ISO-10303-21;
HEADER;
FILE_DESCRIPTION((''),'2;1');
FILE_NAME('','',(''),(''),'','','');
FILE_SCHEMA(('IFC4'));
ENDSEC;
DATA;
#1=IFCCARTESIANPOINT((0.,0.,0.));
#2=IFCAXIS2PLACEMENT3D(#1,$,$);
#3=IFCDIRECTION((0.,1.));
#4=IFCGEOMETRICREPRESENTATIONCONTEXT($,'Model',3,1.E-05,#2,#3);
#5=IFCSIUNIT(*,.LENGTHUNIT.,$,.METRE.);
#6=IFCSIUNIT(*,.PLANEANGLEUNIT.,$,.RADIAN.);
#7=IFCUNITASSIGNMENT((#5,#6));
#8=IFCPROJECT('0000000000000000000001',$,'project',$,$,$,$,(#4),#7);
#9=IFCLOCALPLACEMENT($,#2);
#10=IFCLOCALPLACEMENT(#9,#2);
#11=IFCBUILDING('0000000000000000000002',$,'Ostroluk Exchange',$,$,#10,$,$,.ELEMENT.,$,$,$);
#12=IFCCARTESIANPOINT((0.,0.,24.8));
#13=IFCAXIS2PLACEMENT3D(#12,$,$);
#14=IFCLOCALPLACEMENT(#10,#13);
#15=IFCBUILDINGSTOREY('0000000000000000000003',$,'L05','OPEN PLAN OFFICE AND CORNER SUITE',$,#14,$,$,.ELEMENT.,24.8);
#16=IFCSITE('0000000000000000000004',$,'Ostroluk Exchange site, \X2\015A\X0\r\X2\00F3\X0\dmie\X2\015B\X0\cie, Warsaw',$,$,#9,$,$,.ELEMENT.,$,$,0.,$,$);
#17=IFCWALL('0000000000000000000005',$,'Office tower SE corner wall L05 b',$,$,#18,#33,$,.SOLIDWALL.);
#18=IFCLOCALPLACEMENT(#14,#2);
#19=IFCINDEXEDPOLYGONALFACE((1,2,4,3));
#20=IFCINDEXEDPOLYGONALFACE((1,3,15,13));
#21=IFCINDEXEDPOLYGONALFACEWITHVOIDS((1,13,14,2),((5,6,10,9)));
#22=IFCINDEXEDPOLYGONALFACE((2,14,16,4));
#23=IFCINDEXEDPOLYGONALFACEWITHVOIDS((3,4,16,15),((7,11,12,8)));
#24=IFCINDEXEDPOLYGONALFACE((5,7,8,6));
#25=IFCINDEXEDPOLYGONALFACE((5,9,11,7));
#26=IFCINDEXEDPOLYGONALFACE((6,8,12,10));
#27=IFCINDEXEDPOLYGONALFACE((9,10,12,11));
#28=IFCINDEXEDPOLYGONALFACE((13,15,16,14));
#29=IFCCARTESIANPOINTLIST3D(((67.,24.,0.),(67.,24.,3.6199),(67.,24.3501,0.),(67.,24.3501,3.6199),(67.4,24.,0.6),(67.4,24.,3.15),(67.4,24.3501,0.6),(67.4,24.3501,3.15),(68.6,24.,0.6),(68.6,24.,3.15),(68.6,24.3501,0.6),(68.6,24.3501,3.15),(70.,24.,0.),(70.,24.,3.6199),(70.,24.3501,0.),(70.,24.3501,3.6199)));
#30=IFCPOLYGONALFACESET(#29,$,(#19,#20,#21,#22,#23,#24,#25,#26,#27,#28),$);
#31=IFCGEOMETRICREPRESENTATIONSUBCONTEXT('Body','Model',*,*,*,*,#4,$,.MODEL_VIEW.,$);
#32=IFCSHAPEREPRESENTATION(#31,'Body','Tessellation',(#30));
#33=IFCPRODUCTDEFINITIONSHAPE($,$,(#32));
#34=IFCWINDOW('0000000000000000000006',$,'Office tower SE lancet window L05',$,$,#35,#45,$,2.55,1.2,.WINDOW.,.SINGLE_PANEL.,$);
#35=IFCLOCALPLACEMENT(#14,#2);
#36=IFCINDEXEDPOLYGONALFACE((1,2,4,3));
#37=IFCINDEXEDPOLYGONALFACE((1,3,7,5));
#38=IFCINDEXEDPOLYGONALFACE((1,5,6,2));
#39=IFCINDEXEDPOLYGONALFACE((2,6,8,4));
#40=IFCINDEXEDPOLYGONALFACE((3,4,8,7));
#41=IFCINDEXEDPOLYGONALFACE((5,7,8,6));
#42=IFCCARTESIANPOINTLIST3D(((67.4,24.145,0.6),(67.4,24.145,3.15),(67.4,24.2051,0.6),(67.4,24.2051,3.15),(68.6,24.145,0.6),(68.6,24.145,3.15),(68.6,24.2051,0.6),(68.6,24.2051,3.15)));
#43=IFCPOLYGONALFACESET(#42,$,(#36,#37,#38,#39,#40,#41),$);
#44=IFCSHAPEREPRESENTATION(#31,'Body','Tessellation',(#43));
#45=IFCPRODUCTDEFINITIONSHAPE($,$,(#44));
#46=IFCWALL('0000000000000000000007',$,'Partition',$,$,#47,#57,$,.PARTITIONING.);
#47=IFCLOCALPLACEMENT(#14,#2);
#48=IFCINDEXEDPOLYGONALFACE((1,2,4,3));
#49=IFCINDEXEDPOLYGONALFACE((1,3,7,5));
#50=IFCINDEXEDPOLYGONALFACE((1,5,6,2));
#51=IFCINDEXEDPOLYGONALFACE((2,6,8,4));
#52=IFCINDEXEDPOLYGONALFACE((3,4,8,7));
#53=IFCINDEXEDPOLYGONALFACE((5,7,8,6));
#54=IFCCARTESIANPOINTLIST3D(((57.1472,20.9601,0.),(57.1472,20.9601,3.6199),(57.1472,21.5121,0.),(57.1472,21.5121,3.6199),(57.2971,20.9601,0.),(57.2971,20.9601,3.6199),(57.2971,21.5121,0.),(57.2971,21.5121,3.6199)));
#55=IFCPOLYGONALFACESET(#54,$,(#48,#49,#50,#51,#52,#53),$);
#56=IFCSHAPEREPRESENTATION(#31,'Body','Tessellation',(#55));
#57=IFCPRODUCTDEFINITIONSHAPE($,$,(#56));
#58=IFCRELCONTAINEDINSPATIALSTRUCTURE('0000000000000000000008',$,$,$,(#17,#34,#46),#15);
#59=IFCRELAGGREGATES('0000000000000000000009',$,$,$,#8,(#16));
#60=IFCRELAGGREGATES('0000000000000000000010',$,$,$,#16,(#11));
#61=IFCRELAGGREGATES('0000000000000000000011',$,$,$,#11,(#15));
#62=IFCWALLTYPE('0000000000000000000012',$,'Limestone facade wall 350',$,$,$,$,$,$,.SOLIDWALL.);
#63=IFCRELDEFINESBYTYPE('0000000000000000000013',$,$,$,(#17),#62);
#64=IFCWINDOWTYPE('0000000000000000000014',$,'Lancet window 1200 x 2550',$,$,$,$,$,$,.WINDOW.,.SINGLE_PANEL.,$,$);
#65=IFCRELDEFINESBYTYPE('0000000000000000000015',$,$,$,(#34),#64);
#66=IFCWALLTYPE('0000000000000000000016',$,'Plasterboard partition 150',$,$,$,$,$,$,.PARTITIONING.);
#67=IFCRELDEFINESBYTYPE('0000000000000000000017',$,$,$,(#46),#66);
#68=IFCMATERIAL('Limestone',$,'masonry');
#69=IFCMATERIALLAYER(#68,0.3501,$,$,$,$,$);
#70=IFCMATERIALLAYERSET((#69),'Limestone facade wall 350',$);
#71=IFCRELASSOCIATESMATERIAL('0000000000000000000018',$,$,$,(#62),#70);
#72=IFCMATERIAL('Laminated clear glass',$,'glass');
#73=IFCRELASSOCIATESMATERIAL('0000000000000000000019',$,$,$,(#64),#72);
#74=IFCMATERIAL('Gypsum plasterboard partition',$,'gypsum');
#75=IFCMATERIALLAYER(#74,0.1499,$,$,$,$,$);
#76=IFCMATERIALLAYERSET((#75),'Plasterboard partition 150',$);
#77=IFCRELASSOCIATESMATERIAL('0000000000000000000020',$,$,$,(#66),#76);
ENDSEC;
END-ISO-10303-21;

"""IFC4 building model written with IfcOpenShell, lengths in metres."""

from ifc_helpers import new_model, si_unit, direction, frame, frame_2d, origin, place, context, subcontext, project, spatial, rectangle, extrude, material, layer, layer_set, type_object, element, fill, save


model = new_model("IFC4")

# Units and contexts
model_context = context("Model", 3, precision=1e-05, world=origin(), true_north=direction((0.0, 1.0)))
body_context = subcontext(model_context, "Body", "Model", "MODEL_VIEW")
ifc_project = project(units=[si_unit("LENGTHUNIT", "METRE"), si_unit("PLANEANGLEUNIT", "RADIAN")], contexts=[model_context])

# Site, building, storey
site_placement = place(None, origin())
site = spatial("IfcSite", under=ifc_project, at=site_placement, Name="Ostroluk Exchange site, Śródmieście, Warsaw", CompositionType="ELEMENT", RefElevation=0.0)
building_placement = place(site_placement, origin())
building = spatial("IfcBuilding", under=site, at=building_placement, Name="Ostroluk Exchange", CompositionType="ELEMENT")
storey_placement = place(building_placement, frame((0.0, 0.0, 24.8)))
storey = spatial("IfcBuildingStorey", under=building, at=storey_placement, Name="L05", Description="OPEN PLAN OFFICE AND CORNER SUITE", CompositionType="ELEMENT", Elevation=24.8)

# Shared definitions
ifc_material_1 = material(Name="Limestone", Category="masonry")
ifc_layer_1 = layer(ifc_material_1, 0.3501)
ifc_layer_set_1 = layer_set([ifc_layer_1], Name="Limestone facade wall 350")
wall_type_1 = type_object("IfcWallType", Name="Limestone facade wall 350", PredefinedType="SOLIDWALL", material=ifc_layer_set_1)

# Wall, opening, window
wall_1_placement = place(storey_placement, frame((67.0, 24.175, 0.0), z_axis=(0.0, 0.0, 1.0), x_axis=(1.0, 0.0, 0.0)))
wall_1 = element("IfcWall", 1, at=wall_1_placement, inside=storey, type_object=wall_type_1, Name="Office tower SE corner wall L05 b", PredefinedType="SOLIDWALL", context=body_context, shape_type="SweptSolid", body=[
    extrude(rectangle(XDim=3.0, YDim=0.3501, at=frame_2d((1.5, 0.0))), origin(), (0.0, 0.0, 1.0), 3.6199),
])
opening_1_placement = place(wall_1_placement, frame((0.3999, 0.0, 0.6001)))
opening_1 = element("IfcOpeningElement", 2, at=opening_1_placement, cuts=wall_1, PredefinedType="OPENING", context=body_context, shape_type="SweptSolid", body=[
    extrude(rectangle(XDim=1.2, YDim=2.55, at=frame_2d((0.6001, 1.2749))), frame((0.0, 0.1851, 0.0), z_axis=(0.0, -1.0, 0.0), x_axis=(1.0, 0.0, 0.0)), (0.0, 0.0, 1.0), 0.3701),
])
ifc_material_2 = material(Name="Laminated clear glass", Category="glass")
window_type = type_object("IfcWindowType", Name="Lancet window 1200 x 2550", PartitioningType="SINGLE_PANEL", PredefinedType="WINDOW", material=ifc_material_2)
window_placement = place(opening_1_placement, origin())
window = element("IfcWindow", 3, at=window_placement, inside=storey, type_object=window_type, Name="Office tower SE lancet window L05", OverallHeight=2.55, OverallWidth=1.2, PartitioningType="SINGLE_PANEL", PredefinedType="WINDOW", context=body_context, shape_type="SweptSolid", body=[
    extrude(rectangle(XDim=1.2, YDim=2.55, at=frame_2d((0.6001, 1.2749))), frame((0.0, 0.03, 0.0), z_axis=(0.0, -1.0, 0.0), x_axis=(1.0, 0.0, 0.0)), (0.0, 0.0, 1.0), 0.0601),
])
fill(opening_1, window)

# Wall
ifc_material_3 = material(Name="Gypsum plasterboard partition", Category="gypsum")
ifc_layer_2 = layer(ifc_material_3, 0.1499)
ifc_layer_set_2 = layer_set([ifc_layer_2], Name="Plasterboard partition 150")
wall_type_2 = type_object("IfcWallType", Name="Plasterboard partition 150", PredefinedType="PARTITIONING", material=ifc_layer_set_2)
wall_2_placement = place(storey_placement, frame((57.2222, 21.512, 0.0), z_axis=(0.0, 0.0, 1.0), x_axis=(0.0, -1.0, 0.0)))
element("IfcWall", 4, at=wall_2_placement, inside=storey, type_object=wall_type_2, Name="Partition", PredefinedType="PARTITIONING", context=body_context, shape_type="SweptSolid", body=[
    extrude(rectangle(XDim=0.552, YDim=0.1499, at=frame_2d((0.2759, 0.0))), origin(), (0.0, 0.0, 1.0), 3.6199),
])

save(model, "model.ifc")
